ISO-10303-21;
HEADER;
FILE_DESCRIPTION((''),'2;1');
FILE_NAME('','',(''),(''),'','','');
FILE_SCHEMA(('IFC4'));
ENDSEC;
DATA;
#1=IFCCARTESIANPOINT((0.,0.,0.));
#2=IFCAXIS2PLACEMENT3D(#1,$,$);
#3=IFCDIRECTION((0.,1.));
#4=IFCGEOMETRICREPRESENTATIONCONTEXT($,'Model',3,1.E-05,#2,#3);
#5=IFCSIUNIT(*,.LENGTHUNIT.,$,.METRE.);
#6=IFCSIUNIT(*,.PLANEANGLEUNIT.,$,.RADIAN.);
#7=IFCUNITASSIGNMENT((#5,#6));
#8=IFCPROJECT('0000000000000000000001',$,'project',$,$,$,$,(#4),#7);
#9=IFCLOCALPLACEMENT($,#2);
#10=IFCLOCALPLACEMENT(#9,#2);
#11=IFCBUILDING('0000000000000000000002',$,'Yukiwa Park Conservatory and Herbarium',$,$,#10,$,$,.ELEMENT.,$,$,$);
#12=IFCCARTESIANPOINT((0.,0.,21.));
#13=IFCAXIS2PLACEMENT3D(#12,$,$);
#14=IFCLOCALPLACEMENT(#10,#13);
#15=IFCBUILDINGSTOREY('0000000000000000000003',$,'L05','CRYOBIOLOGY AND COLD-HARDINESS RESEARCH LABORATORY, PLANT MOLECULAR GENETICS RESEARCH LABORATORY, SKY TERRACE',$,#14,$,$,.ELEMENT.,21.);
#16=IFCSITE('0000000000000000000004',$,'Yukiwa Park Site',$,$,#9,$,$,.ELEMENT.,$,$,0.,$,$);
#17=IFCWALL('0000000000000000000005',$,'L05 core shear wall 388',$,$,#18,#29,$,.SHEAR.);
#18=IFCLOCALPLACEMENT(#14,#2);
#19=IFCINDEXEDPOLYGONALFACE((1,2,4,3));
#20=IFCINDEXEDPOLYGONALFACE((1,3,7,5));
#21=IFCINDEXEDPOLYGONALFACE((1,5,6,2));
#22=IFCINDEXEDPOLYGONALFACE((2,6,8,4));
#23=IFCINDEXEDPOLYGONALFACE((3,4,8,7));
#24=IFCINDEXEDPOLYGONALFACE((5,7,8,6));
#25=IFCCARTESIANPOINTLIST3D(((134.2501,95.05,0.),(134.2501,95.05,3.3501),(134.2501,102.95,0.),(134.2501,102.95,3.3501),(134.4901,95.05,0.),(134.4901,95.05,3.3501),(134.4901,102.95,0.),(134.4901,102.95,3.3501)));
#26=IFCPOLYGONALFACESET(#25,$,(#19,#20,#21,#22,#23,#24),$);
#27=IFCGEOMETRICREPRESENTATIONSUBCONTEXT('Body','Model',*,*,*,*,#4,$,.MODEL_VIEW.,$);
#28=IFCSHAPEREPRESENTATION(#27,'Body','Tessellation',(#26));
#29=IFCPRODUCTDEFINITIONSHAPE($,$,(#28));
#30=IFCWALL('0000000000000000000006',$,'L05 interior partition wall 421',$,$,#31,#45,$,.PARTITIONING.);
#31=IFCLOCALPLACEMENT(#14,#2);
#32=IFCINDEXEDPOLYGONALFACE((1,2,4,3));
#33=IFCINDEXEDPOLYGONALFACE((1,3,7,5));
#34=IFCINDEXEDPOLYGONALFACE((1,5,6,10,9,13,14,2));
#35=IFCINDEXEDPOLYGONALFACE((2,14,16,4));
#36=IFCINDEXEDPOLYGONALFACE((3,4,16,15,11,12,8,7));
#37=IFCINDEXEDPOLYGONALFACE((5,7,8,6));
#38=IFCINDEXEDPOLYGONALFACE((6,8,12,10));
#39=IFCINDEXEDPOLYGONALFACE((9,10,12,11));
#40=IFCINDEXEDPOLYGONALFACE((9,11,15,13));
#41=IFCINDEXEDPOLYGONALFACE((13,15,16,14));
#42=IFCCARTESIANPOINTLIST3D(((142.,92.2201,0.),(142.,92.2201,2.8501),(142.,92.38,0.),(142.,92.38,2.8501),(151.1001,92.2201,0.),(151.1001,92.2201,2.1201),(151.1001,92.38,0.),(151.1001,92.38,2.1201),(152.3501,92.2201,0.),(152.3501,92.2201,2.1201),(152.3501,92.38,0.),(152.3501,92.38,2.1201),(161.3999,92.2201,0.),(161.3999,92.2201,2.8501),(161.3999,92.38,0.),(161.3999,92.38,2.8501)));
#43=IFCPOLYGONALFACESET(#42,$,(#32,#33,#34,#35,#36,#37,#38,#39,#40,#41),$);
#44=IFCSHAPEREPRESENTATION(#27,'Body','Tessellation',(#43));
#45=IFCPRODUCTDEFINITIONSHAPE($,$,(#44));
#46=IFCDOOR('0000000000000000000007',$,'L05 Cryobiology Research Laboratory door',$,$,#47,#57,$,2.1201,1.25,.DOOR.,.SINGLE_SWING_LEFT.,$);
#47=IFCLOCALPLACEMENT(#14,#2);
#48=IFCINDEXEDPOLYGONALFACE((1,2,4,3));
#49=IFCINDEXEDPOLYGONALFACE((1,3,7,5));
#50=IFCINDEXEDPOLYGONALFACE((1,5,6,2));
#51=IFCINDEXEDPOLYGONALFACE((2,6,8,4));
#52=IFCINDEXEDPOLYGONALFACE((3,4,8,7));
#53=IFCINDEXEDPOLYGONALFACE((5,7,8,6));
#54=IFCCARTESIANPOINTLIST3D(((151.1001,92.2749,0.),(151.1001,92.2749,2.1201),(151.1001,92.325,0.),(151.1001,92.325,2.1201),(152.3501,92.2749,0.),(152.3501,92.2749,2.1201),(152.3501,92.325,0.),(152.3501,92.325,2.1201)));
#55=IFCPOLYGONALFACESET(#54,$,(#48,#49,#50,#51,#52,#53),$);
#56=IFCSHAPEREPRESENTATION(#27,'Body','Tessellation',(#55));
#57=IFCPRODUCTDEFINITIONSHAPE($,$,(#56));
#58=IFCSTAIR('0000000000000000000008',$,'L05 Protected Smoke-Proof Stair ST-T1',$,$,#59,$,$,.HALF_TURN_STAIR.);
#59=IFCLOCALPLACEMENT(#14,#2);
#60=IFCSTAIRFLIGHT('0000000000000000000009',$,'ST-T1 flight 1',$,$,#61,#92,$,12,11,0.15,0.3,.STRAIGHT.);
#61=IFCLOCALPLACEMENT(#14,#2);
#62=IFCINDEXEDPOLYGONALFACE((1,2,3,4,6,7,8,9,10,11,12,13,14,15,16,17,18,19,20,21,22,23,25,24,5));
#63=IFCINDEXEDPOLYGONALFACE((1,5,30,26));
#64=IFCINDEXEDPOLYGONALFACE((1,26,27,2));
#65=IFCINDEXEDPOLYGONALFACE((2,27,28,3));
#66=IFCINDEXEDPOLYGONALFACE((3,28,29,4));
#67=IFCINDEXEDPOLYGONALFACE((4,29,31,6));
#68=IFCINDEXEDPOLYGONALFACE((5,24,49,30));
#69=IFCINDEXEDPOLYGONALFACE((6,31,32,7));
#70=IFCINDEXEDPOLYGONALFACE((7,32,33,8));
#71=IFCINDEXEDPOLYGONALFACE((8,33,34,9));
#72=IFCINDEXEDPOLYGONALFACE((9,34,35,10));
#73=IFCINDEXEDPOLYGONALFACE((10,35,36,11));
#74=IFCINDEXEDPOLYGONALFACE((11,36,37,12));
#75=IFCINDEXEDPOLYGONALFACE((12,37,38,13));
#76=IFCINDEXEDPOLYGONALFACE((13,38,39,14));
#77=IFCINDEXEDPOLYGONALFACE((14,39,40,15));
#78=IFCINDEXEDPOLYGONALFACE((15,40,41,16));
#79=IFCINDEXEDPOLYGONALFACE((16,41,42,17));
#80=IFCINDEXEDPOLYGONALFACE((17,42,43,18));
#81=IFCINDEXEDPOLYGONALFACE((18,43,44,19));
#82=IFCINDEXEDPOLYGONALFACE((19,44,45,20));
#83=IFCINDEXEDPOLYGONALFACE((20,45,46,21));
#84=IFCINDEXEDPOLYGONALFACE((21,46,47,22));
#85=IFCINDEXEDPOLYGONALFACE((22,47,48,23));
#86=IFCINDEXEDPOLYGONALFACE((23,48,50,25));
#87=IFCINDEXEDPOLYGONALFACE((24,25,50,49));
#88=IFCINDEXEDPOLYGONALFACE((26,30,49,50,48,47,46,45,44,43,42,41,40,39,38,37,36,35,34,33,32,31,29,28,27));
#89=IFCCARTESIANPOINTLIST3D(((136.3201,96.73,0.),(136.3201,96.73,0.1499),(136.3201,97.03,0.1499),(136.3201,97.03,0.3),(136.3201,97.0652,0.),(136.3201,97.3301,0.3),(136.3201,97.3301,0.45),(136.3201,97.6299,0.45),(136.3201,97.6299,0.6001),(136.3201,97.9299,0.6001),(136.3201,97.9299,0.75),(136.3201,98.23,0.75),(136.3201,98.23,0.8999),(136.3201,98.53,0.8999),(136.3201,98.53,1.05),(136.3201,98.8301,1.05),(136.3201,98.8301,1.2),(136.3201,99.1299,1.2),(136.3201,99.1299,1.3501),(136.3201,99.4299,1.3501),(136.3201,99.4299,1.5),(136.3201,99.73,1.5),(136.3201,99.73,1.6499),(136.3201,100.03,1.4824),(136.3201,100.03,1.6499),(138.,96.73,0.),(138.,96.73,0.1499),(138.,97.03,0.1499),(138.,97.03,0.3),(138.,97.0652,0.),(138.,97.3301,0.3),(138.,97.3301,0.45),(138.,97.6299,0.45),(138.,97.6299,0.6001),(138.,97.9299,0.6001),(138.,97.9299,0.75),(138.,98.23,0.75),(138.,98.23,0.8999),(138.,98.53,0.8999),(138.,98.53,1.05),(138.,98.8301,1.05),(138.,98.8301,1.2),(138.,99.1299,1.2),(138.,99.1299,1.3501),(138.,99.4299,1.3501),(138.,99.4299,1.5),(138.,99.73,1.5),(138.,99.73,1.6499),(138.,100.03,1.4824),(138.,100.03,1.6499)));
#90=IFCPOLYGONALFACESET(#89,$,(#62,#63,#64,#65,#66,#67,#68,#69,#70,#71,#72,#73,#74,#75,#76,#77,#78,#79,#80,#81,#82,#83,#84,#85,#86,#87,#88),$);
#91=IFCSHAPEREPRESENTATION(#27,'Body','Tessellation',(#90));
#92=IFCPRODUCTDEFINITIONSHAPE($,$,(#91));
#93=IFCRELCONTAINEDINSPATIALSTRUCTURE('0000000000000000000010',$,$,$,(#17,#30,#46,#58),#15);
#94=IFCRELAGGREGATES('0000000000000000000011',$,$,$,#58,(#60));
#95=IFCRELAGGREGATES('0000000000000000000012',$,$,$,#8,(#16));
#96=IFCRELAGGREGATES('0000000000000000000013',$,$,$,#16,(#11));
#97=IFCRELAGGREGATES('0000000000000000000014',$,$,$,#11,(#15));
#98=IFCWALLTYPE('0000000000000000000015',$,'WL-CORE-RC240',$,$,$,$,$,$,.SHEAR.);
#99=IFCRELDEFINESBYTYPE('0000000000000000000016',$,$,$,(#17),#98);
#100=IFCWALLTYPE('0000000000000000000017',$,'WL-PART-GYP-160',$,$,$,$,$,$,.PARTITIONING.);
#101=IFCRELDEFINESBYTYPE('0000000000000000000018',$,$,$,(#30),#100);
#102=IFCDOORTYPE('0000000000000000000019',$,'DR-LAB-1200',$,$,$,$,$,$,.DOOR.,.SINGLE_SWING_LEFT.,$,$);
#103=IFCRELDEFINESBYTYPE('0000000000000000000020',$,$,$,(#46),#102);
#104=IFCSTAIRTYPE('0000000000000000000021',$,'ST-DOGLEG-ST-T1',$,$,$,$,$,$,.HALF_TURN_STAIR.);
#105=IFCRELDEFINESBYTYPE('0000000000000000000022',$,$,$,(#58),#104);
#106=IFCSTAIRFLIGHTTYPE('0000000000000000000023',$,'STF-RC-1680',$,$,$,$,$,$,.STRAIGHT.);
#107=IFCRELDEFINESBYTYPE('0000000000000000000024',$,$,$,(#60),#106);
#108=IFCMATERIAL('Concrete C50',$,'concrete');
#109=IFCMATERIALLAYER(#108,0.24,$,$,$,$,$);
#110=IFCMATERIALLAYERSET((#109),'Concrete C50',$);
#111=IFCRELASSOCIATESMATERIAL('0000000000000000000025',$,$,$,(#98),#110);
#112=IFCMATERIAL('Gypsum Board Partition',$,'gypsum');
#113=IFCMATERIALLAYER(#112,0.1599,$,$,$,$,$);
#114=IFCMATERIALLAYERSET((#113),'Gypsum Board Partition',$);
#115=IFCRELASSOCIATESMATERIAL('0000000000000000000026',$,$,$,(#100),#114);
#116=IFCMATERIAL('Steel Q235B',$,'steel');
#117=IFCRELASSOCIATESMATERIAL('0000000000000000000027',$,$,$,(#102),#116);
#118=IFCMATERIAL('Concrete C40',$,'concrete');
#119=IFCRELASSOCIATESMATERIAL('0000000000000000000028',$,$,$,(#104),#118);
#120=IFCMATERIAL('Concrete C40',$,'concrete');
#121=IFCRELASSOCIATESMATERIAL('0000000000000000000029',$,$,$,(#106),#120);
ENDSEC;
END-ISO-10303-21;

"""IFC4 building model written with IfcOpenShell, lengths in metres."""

from ifc_helpers import new_model, si_unit, direction, frame, frame_2d, origin, place, context, subcontext, project, spatial, polyline, rectangle, outline, extrude, material, layer, layer_set, type_object, element, fill, aggregate, save


model = new_model("IFC4")

# Units and contexts
model_context = context("Model", 3, precision=1e-05, world=origin(), true_north=direction((0.0, 1.0)))
body_context = subcontext(model_context, "Body", "Model", "MODEL_VIEW")
ifc_project = project(units=[si_unit("LENGTHUNIT", "METRE"), si_unit("PLANEANGLEUNIT", "RADIAN")], contexts=[model_context])

# Site, building, storey
site_placement = place(None, origin())
site = spatial("IfcSite", under=ifc_project, at=site_placement, Name="Yukiwa Park Site", CompositionType="ELEMENT", RefElevation=0.0)
building_placement = place(site_placement, origin())
building = spatial("IfcBuilding", under=site, at=building_placement, Name="Yukiwa Park Conservatory and Herbarium", CompositionType="ELEMENT")
storey_placement = place(building_placement, frame((0.0, 0.0, 21.0)))
storey = spatial("IfcBuildingStorey", under=building, at=storey_placement, Name="L05", Description="CRYOBIOLOGY AND COLD-HARDINESS RESEARCH LABORATORY, PLANT MOLECULAR GENETICS RESEARCH LABORATORY, SKY TERRACE", CompositionType="ELEMENT", Elevation=21.0)

# Shared definitions
ifc_material_1 = material(Name="Concrete C50", Category="concrete")
ifc_layer_1 = layer(ifc_material_1, 0.24)
ifc_layer_set_1 = layer_set([ifc_layer_1], Name="Concrete C50")
wall_type_1 = type_object("IfcWallType", Name="WL-CORE-RC240", PredefinedType="SHEAR", material=ifc_layer_set_1)

# Wall
wall_1_placement = place(storey_placement, frame((134.3701, 95.05, 0.0), z_axis=(0.0, 0.0, 1.0), x_axis=(0.0, 1.0, 0.0)))
element("IfcWall", 1, at=wall_1_placement, inside=storey, type_object=wall_type_1, Name="L05 core shear wall 388", PredefinedType="SHEAR", context=body_context, shape_type="SweptSolid", body=[
    extrude(rectangle(XDim=7.8999, YDim=0.24, at=frame_2d((3.95, 0.0))), origin(), (0.0, 0.0, 1.0), 3.3501),
])

# Wall, opening, door
ifc_material_2 = material(Name="Gypsum Board Partition", Category="gypsum")
ifc_layer_2 = layer(ifc_material_2, 0.1599)
ifc_layer_set_2 = layer_set([ifc_layer_2], Name="Gypsum Board Partition")
wall_type_2 = type_object("IfcWallType", Name="WL-PART-GYP-160", PredefinedType="PARTITIONING", material=ifc_layer_set_2)
wall_2_placement = place(storey_placement, frame((142.0, 92.3, 0.0), z_axis=(0.0, 0.0, 1.0), x_axis=(1.0, 0.0, 0.0)))
wall_2 = element("IfcWall", 2, at=wall_2_placement, inside=storey, type_object=wall_type_2, Name="L05 interior partition wall 421", PredefinedType="PARTITIONING", context=body_context, shape_type="SweptSolid", body=[
    extrude(rectangle(XDim=19.3999, YDim=0.1599, at=frame_2d((9.7, 0.0))), origin(), (0.0, 0.0, 1.0), 2.8501),
])
opening_1_placement = place(wall_2_placement, frame((9.1001, 0.0, 0.0)))
opening_1 = element("IfcOpeningElement", 3, at=opening_1_placement, cuts=wall_2, PredefinedType="OPENING", context=body_context, shape_type="SweptSolid", body=[
    extrude(rectangle(XDim=1.25, YDim=2.1201, at=frame_2d((0.625, 1.0601))), frame((0.0, 0.0898, 0.0), z_axis=(0.0, -1.0, 0.0), x_axis=(1.0, 0.0, 0.0)), (0.0, 0.0, 1.0), 0.1799),
])
ifc_material_3 = material(Name="Steel Q235B", Category="steel")
door_type_1 = type_object("IfcDoorType", Name="DR-LAB-1200", OperationType="SINGLE_SWING_LEFT", PredefinedType="DOOR", material=ifc_material_3)
door_1_placement = place(opening_1_placement, origin())
door_1 = element("IfcDoor", 4, at=door_1_placement, inside=storey, type_object=door_type_1, Name="L05 Cryobiology Research Laboratory door", OperationType="SINGLE_SWING_LEFT", OverallHeight=2.1201, OverallWidth=1.25, PredefinedType="DOOR", context=body_context, shape_type="SweptSolid", body=[
    extrude(rectangle(XDim=1.25, YDim=2.1201, at=frame_2d((0.625, 1.0601))), frame((0.0, 0.0249, 0.0), z_axis=(0.0, -1.0, 0.0), x_axis=(1.0, 0.0, 0.0)), (0.0, 0.0, 1.0), 0.05),
])
fill(opening_1, door_1)

# Stair, stair flight
ifc_material_4 = material(Name="Concrete C40", Category="concrete")
stair_type = type_object("IfcStairType", Name="ST-DOGLEG-ST-T1", PredefinedType="HALF_TURN_STAIR", material=ifc_material_4)
stair_placement = place(storey_placement, origin())
stair = element("IfcStair", 5, at=stair_placement, inside=storey, type_object=stair_type, Name="L05 Protected Smoke-Proof Stair ST-T1", PredefinedType="HALF_TURN_STAIR")
ifc_material_5 = material(Name="Concrete C40", Category="concrete")
stair_flight_type = type_object("IfcStairFlightType", Name="STF-RC-1680", PredefinedType="STRAIGHT", material=ifc_material_5)
stair_flight_placement = place(storey_placement, frame((137.1599, 96.73, 0.0), z_axis=(0.0, 0.0, 1.0), x_axis=(0.0, 1.0, 0.0)))
stair_flight = element("IfcStairFlight", 6, at=stair_flight_placement, type_object=stair_flight_type, Name="ST-T1 flight 1", NumberOfRisers=12, NumberOfTreads=11, PredefinedType="STRAIGHT", RiserHeight=0.15, TreadLength=0.3, context=body_context, shape_type="SweptSolid", body=[
    extrude(outline(polyline([(0.0, 0.0), (0.0, 0.1499), (0.3, 0.1499), (0.3, 0.3), (0.6001, 0.3), (0.6001, 0.45), (0.8999, 0.45), (0.8999, 0.6001), (1.2, 0.6001), (1.2, 0.75), (1.5, 0.75), (1.5, 0.8999), (1.8, 0.8999), (1.8, 1.05), (2.1001, 1.05), (2.1001, 1.2), (2.3999, 1.2), (2.3999, 1.3501), (2.7, 1.3501), (2.7, 1.5), (3.0, 1.5), (3.0, 1.6499), (3.3, 1.6499), (3.3, 1.8), (3.3, 1.4824), (0.3352, 0.0), (0.0, 0.0)])), frame((0.0, 0.8398, 0.0), z_axis=(0.0, -1.0, 0.0), x_axis=(1.0, 0.0, 0.0)), (0.0, 0.0, 1.0), 1.6799),
])
aggregate(stair, [stair_flight])

save(model, "model.ifc")
